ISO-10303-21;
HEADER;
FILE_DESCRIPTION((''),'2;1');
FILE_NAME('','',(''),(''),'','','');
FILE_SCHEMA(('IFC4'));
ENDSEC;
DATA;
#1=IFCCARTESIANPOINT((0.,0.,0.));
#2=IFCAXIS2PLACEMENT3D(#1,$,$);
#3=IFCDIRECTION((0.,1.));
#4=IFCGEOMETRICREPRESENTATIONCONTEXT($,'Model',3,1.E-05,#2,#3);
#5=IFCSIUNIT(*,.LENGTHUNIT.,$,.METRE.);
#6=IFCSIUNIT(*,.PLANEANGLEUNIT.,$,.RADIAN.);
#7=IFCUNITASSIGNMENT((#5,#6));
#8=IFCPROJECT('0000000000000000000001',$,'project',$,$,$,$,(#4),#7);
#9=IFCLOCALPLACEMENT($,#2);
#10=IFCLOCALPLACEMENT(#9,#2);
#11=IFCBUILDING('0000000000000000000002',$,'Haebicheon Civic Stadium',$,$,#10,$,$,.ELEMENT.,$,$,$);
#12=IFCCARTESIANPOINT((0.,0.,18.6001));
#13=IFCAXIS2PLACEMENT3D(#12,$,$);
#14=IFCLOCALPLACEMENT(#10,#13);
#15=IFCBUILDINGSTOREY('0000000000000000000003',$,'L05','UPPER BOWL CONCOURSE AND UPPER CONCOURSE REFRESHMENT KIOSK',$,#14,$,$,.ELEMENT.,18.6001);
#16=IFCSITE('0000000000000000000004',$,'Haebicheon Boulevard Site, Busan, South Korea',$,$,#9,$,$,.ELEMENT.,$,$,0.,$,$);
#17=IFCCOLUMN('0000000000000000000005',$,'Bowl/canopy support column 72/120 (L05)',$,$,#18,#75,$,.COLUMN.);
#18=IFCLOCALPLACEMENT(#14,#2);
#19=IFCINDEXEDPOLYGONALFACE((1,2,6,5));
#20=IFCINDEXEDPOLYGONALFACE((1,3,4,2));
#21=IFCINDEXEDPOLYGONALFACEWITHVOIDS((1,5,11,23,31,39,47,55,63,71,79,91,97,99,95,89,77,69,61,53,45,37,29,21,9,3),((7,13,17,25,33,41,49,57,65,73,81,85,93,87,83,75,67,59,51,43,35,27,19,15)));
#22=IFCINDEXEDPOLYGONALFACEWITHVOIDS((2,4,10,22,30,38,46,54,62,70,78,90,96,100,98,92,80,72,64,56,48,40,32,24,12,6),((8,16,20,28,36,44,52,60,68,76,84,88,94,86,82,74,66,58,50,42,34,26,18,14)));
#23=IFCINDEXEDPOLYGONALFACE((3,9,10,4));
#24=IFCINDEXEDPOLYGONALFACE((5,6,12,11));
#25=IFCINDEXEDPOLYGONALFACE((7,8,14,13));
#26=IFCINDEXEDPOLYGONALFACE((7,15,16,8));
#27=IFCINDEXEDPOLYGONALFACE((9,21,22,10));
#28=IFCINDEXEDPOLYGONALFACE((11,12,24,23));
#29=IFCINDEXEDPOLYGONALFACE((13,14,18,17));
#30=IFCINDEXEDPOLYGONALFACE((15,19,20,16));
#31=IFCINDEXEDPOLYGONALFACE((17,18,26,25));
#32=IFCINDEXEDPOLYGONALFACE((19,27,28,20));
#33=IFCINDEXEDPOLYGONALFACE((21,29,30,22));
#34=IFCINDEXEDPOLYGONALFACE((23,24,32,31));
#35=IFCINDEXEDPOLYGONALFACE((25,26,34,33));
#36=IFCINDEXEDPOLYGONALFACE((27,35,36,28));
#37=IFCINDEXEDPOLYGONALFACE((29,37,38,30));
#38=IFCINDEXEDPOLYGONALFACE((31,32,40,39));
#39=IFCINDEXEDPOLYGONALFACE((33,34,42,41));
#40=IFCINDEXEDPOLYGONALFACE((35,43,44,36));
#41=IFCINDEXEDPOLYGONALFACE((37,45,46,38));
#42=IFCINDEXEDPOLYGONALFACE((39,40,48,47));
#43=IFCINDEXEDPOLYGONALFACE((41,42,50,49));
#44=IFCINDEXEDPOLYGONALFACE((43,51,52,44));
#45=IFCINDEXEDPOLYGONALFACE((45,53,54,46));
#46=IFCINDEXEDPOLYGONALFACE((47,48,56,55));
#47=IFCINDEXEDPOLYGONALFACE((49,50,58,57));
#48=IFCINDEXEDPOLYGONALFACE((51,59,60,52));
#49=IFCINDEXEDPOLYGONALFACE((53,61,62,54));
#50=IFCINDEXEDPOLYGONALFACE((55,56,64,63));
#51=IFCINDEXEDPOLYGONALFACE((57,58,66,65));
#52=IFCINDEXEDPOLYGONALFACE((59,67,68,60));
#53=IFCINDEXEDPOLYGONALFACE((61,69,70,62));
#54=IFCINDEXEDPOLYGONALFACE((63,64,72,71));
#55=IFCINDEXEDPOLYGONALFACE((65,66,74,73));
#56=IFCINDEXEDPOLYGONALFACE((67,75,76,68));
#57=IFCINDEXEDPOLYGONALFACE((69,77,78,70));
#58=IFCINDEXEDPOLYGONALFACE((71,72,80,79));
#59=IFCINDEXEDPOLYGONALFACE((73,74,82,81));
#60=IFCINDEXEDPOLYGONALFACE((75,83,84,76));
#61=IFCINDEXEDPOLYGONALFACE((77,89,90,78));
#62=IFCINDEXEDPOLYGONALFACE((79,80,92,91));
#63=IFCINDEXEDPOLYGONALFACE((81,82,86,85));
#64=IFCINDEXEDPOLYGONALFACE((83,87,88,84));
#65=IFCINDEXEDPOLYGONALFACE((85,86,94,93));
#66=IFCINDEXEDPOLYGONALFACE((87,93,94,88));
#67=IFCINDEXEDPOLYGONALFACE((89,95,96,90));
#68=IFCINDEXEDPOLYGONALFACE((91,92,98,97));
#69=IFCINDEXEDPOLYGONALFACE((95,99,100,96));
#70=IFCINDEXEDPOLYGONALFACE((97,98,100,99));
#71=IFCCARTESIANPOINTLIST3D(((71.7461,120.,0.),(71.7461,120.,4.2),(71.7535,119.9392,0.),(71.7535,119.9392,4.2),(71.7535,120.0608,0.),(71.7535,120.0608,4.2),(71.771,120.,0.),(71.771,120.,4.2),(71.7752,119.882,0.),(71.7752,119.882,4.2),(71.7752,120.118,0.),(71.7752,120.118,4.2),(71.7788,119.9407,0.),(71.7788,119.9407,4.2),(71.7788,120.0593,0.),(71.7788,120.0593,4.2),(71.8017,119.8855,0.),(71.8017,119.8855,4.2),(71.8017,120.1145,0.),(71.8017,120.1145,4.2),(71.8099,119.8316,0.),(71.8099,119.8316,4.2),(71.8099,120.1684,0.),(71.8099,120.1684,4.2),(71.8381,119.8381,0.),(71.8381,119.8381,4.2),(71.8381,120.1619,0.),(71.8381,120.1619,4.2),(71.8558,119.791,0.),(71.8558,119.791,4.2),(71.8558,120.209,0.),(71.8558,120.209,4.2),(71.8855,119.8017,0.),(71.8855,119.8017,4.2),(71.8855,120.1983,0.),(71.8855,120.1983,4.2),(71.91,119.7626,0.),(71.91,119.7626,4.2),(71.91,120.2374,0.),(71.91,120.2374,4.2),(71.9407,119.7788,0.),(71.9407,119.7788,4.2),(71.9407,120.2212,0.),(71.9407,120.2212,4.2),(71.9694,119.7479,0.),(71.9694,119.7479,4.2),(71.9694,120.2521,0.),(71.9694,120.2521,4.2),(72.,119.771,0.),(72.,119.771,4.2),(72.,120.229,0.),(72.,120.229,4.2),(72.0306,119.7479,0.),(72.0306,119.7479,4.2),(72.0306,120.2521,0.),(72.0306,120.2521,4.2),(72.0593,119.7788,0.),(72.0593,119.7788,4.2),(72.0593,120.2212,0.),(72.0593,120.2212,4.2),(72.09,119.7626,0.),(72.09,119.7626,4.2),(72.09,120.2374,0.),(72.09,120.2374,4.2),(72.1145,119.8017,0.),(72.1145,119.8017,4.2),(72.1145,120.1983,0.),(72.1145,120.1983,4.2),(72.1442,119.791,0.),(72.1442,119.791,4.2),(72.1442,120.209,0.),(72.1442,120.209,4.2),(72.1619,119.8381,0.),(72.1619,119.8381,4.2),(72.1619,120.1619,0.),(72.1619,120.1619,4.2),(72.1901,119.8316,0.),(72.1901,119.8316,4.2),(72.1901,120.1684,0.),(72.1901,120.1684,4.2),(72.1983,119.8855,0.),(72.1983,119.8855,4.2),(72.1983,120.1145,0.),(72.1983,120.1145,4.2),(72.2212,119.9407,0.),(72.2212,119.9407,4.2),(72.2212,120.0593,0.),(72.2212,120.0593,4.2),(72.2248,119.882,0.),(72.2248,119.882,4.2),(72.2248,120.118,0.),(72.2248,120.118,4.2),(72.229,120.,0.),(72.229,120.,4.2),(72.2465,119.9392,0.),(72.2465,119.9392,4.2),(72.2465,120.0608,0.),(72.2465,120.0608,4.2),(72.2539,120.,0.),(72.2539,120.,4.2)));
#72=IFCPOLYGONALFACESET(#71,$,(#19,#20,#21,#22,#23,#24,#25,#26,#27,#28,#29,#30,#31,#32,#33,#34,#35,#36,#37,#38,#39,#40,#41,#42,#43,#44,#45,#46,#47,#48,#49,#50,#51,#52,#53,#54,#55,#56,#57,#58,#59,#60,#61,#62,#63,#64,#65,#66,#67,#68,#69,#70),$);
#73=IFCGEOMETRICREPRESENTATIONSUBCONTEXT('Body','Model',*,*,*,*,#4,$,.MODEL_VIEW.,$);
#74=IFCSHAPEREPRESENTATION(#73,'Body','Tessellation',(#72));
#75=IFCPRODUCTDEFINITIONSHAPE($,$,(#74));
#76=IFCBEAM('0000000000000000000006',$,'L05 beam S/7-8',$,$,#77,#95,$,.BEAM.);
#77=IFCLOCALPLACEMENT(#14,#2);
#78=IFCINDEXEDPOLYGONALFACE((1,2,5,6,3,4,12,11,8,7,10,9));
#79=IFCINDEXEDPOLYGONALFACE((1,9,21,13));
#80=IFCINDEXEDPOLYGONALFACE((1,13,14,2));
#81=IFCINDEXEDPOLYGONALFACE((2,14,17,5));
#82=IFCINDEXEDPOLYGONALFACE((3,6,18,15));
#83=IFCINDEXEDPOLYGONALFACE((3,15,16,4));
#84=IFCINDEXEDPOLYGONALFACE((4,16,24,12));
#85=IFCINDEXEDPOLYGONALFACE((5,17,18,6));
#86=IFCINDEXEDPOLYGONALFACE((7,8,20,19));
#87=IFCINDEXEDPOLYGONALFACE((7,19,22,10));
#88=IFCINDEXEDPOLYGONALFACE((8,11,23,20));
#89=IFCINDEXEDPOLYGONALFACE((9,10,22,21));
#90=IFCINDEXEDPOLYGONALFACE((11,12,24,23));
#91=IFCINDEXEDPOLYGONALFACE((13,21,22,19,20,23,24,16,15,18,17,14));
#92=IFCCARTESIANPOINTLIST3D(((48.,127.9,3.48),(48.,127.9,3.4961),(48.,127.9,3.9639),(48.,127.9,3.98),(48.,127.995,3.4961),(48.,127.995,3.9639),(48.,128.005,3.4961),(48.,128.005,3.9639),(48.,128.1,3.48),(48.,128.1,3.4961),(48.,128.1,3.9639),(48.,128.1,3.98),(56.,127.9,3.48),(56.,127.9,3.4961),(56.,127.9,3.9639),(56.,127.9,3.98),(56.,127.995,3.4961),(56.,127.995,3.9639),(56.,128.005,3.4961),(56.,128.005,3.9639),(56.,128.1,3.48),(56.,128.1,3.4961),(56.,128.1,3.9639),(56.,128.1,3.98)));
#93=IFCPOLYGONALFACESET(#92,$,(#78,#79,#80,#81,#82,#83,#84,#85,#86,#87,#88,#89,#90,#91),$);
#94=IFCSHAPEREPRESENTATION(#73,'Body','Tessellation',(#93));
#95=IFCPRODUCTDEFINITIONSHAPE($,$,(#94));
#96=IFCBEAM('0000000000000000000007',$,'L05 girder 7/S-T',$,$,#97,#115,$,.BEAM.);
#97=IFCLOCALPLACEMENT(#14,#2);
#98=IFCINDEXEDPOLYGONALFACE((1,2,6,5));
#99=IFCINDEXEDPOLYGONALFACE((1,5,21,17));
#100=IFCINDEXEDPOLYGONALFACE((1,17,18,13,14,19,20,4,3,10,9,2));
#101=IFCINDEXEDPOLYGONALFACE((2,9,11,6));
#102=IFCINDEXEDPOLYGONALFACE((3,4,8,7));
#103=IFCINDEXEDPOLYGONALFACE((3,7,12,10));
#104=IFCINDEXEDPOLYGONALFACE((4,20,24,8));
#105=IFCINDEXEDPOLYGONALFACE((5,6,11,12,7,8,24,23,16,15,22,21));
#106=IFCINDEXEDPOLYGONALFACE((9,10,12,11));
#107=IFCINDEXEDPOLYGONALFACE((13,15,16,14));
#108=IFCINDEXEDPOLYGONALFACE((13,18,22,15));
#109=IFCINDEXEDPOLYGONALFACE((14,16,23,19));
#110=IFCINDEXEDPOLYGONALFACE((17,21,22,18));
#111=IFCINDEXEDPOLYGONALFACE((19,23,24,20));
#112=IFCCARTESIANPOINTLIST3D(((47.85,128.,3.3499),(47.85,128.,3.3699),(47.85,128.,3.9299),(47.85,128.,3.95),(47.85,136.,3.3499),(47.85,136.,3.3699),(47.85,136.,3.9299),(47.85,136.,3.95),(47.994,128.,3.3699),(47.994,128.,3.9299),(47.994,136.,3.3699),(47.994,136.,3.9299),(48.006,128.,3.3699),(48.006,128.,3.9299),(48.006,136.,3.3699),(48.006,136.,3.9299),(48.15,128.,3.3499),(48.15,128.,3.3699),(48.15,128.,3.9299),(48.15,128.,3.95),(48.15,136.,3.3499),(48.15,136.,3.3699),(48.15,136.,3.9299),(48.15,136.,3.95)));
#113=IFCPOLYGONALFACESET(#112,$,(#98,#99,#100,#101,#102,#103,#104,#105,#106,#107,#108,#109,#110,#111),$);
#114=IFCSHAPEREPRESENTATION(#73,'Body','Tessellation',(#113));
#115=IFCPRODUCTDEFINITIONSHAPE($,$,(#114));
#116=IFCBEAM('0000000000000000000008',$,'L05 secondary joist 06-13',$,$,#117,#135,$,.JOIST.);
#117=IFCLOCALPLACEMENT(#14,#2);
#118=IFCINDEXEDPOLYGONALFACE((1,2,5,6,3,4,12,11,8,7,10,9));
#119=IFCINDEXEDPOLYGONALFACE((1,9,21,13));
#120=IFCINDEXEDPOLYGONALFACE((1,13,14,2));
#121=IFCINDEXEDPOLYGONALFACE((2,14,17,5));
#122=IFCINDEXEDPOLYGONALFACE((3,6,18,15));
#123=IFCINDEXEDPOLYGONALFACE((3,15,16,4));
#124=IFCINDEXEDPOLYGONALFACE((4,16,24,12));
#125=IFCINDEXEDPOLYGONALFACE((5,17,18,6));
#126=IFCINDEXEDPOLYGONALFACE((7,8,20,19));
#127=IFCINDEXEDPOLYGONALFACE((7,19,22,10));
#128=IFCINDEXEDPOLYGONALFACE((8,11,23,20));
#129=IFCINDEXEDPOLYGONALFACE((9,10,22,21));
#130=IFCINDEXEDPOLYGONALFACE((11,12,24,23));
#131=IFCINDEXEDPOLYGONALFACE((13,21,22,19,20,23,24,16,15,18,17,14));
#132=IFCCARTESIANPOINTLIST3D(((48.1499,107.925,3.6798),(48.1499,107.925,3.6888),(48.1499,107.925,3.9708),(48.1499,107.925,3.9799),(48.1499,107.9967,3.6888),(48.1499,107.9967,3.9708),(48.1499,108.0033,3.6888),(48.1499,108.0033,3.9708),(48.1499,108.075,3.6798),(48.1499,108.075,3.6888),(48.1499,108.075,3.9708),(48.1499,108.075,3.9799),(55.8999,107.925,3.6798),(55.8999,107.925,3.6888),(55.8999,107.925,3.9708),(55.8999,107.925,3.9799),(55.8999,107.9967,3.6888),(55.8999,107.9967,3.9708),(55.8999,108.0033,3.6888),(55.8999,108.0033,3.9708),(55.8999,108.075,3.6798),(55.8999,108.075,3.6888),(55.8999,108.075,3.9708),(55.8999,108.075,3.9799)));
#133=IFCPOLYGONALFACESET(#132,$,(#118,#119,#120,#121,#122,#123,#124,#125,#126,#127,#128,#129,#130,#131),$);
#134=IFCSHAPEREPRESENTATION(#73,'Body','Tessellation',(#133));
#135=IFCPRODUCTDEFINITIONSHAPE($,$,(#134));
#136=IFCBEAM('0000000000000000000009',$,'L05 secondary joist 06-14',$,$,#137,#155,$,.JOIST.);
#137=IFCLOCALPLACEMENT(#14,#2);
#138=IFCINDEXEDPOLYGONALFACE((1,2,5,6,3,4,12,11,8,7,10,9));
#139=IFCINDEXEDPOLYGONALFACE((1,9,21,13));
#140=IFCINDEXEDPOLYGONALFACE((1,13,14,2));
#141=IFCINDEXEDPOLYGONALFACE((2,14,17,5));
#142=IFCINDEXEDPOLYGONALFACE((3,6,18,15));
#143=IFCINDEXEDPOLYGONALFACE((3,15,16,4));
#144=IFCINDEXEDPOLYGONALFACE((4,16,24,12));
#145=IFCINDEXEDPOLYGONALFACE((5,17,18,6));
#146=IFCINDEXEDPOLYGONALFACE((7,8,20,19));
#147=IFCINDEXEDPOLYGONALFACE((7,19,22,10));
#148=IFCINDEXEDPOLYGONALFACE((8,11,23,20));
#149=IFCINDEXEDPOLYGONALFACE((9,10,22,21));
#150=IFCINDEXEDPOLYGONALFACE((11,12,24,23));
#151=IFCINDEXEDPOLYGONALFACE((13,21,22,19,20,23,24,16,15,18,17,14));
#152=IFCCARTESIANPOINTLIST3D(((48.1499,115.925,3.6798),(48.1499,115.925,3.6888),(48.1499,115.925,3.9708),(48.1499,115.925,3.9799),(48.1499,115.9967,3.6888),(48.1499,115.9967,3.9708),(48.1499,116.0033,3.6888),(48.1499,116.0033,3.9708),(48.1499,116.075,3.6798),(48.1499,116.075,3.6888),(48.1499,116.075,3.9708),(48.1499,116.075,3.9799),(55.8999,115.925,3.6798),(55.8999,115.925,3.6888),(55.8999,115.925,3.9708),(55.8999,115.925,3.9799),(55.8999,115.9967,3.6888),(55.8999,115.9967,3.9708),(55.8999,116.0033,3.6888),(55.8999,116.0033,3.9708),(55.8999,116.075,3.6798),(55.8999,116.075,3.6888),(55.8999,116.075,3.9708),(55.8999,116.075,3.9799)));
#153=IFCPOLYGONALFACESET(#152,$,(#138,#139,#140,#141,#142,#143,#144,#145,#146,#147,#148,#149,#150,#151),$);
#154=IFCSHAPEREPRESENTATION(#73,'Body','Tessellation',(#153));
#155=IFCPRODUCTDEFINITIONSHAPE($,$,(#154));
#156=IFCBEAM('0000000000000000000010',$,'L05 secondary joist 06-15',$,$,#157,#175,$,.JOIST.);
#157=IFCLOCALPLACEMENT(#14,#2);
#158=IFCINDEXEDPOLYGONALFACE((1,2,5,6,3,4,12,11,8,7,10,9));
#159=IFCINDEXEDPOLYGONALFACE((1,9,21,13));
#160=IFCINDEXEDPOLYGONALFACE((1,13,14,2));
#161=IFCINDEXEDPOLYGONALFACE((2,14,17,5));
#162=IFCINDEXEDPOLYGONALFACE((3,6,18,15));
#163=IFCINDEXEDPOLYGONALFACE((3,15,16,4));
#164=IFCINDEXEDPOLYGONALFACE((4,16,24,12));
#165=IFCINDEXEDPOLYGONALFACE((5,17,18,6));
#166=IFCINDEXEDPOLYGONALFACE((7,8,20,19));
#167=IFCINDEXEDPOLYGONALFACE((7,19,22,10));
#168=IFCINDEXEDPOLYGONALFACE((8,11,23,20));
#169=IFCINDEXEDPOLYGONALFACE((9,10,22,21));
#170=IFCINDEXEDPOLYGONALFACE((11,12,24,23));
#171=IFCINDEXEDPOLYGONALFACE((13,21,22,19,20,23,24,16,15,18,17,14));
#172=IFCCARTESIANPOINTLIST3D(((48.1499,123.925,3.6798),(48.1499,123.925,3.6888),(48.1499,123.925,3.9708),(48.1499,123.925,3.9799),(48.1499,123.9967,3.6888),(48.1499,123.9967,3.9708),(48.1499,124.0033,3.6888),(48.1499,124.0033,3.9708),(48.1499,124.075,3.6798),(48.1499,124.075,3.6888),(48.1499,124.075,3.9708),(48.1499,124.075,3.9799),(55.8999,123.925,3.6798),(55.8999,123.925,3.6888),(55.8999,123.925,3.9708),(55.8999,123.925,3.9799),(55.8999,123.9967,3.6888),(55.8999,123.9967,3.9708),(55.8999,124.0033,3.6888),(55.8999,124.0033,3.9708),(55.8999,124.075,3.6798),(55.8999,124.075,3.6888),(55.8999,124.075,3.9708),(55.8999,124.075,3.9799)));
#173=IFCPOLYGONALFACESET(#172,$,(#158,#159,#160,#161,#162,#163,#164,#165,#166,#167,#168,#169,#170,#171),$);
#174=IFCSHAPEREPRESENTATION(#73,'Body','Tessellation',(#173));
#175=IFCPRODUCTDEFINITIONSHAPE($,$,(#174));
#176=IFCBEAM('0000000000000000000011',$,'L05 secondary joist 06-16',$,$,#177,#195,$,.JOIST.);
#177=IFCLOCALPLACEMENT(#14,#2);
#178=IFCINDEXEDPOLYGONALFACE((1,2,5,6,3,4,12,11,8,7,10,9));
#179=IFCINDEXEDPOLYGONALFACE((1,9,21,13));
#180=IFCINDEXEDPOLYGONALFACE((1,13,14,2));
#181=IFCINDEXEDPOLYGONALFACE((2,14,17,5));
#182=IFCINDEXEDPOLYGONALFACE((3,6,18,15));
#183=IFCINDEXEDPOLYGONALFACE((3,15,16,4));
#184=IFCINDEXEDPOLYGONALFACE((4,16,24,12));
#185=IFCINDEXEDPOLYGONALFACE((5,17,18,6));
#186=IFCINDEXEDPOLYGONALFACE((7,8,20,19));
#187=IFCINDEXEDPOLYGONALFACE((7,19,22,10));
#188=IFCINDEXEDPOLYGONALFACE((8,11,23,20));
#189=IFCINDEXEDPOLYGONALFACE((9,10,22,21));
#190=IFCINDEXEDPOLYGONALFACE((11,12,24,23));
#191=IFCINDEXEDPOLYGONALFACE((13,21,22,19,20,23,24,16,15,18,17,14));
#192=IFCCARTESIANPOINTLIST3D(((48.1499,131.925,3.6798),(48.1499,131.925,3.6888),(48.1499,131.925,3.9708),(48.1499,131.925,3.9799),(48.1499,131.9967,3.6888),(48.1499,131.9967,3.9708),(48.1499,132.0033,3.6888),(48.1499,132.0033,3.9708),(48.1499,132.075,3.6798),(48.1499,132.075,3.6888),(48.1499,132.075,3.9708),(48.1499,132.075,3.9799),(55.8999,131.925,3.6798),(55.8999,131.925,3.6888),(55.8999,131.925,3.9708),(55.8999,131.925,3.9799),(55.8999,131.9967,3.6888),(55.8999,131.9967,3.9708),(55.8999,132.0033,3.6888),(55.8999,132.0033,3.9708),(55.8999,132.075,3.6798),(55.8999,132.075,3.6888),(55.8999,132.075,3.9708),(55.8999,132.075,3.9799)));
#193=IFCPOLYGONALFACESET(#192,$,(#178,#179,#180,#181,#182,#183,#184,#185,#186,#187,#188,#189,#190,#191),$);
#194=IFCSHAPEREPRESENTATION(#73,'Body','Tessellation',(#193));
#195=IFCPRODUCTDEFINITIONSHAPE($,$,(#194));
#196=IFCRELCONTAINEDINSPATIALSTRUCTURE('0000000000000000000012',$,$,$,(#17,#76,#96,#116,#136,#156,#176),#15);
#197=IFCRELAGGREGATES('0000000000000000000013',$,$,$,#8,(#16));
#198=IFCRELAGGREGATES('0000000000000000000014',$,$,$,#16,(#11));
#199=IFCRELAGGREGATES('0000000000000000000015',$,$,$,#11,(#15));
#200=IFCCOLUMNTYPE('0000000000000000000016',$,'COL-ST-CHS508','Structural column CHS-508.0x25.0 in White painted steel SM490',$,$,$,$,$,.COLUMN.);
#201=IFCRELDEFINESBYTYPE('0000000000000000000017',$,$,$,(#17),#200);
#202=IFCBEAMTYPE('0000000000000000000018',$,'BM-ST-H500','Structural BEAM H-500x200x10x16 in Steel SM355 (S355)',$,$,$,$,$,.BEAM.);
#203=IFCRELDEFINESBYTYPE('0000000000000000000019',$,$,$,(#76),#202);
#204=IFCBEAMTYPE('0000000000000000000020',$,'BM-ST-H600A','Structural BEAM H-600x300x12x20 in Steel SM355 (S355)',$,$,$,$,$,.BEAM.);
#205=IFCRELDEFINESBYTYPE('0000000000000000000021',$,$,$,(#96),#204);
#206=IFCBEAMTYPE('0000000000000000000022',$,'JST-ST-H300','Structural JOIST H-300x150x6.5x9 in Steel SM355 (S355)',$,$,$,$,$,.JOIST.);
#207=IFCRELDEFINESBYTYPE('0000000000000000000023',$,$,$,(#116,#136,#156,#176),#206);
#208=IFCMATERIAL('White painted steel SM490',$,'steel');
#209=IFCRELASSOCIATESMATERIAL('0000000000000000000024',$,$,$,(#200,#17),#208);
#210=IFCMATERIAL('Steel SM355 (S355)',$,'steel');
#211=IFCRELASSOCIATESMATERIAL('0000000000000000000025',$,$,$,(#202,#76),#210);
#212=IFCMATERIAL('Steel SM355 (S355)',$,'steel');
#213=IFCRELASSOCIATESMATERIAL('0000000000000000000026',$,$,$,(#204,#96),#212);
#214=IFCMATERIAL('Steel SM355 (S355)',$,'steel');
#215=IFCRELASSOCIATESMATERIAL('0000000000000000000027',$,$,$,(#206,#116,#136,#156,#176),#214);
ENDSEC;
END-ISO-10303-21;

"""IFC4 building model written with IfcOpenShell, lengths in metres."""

from ifc_helpers import new_model, si_unit, direction, frame, origin, origin_2d, place, context, subcontext, project, spatial, hollow_circle, i_section, extrude, material, material_profile, profile_set, type_object, element, save


model = new_model("IFC4")

# Units and contexts
model_context = context("Model", 3, precision=1e-05, world=origin(), true_north=direction((0.0, 1.0)))
body_context = subcontext(model_context, "Body", "Model", "MODEL_VIEW")
ifc_project = project(units=[si_unit("LENGTHUNIT", "METRE"), si_unit("PLANEANGLEUNIT", "RADIAN")], contexts=[model_context])

# Site, building, storey
site_placement = place(None, origin())
site = spatial("IfcSite", under=ifc_project, at=site_placement, Name="Haebicheon Boulevard Site, Busan, South Korea", CompositionType="ELEMENT", RefElevation=0.0)
building_placement = place(site_placement, origin())
building = spatial("IfcBuilding", under=site, at=building_placement, Name="Haebicheon Civic Stadium", CompositionType="ELEMENT")
storey_placement = place(building_placement, frame((0.0, 0.0, 18.6001)))
storey = spatial("IfcBuildingStorey", under=building, at=storey_placement, Name="L05", Description="UPPER BOWL CONCOURSE AND UPPER CONCOURSE REFRESHMENT KIOSK", CompositionType="ELEMENT", Elevation=18.6001)

# Column
ifc_material_1 = material(Name="White painted steel SM490", Category="steel")
ifc_material_profile_1 = material_profile(ifc_material_1, hollow_circle(Radius=0.2539, WallThickness=0.0249, at=origin_2d()), Name="CHS-508.0x25.0")
ifc_profile_set_1 = profile_set([ifc_material_profile_1], Name="White painted steel SM490")
column_type_1 = type_object("IfcColumnType", Name="COL-ST-CHS508", Description="Structural column CHS-508.0x25.0 in White painted steel SM490", PredefinedType="COLUMN", material=ifc_profile_set_1)
for number, where, z_axis, x_axis, name in (
    (1, (72.0, 120.0, 0.0), (0.0, 0.0, 1.0), (1.0, 0.0, 0.0), "Bowl/canopy support column 72/120 (L05)"),
):
    element("IfcColumn", number, at=place(storey_placement, frame(where, z_axis=z_axis, x_axis=x_axis)), inside=storey, type_object=column_type_1, material=ifc_profile_set_1, Name=name, PredefinedType="COLUMN", context=body_context, shape_type="SweptSolid", body=[
        extrude(hollow_circle(Radius=0.2539, WallThickness=0.0249, at=origin_2d()), origin(), (0.0, 0.0, 1.0), 4.2),
    ])

# Beams
ifc_material_2 = material(Name="Steel SM355 (S355)", Category="steel")
ifc_material_profile_2 = material_profile(ifc_material_2, i_section(OverallWidth=0.2, OverallDepth=0.5, WebThickness=0.01, FlangeThickness=0.0161, at=origin_2d()), Name="H-500x200x10x16")
ifc_profile_set_2 = profile_set([ifc_material_profile_2], Name="Steel SM355 (S355)")
beam_type_1 = type_object("IfcBeamType", Name="BM-ST-H500", Description="Structural BEAM H-500x200x10x16 in Steel SM355 (S355)", PredefinedType="BEAM", material=ifc_profile_set_2)
beam_1_placement = place(storey_placement, frame((48.0, 128.0, 3.73), z_axis=(1.0, 0.0, 0.0), x_axis=(0.0, 1.0, 0.0)))
element("IfcBeam", 2, at=beam_1_placement, inside=storey, type_object=beam_type_1, material=ifc_profile_set_2, Name="L05 beam S/7-8", PredefinedType="BEAM", context=body_context, shape_type="SweptSolid", body=[
    extrude(i_section(OverallWidth=0.2, OverallDepth=0.5, WebThickness=0.01, FlangeThickness=0.0161, at=origin_2d()), origin(), (0.0, 0.0, 1.0), 8.0),
])
ifc_material_3 = material(Name="Steel SM355 (S355)", Category="steel")
ifc_material_profile_3 = material_profile(ifc_material_3, i_section(OverallWidth=0.3, OverallDepth=0.6001, WebThickness=0.012, FlangeThickness=0.02, at=origin_2d()), Name="H-600x300x12x20")
ifc_profile_set_3 = profile_set([ifc_material_profile_3], Name="Steel SM355 (S355)")
beam_type_2 = type_object("IfcBeamType", Name="BM-ST-H600A", Description="Structural BEAM H-600x300x12x20 in Steel SM355 (S355)", PredefinedType="BEAM", material=ifc_profile_set_3)
beam_2_placement = place(storey_placement, frame((48.0, 128.0, 3.6499), z_axis=(0.0, 1.0, 0.0), x_axis=(-1.0, 0.0, 0.0)))
element("IfcBeam", 3, at=beam_2_placement, inside=storey, type_object=beam_type_2, material=ifc_profile_set_3, Name="L05 girder 7/S-T", PredefinedType="BEAM", context=body_context, shape_type="SweptSolid", body=[
    extrude(i_section(OverallWidth=0.3, OverallDepth=0.6001, WebThickness=0.012, FlangeThickness=0.02, at=origin_2d()), origin(), (0.0, 0.0, 1.0), 8.0),
])
ifc_material_4 = material(Name="Steel SM355 (S355)", Category="steel")
ifc_material_profile_4 = material_profile(ifc_material_4, i_section(OverallWidth=0.1499, OverallDepth=0.3, WebThickness=0.0066, FlangeThickness=0.009, at=origin_2d()), Name="H-300x150x6.5x9")
ifc_profile_set_4 = profile_set([ifc_material_profile_4], Name="Steel SM355 (S355)")
beam_type_3 = type_object("IfcBeamType", Name="JST-ST-H300", Description="Structural JOIST H-300x150x6.5x9 in Steel SM355 (S355)", PredefinedType="JOIST", material=ifc_profile_set_4)
for number, where, z_axis, x_axis, name in (
    (4, (48.1499, 108.0, 3.8298), (1.0, 0.0, 0.0), (0.0, 1.0, 0.0), "L05 secondary joist 06-13"),
    (5, (48.1499, 116.0, 3.8298), (1.0, 0.0, 0.0), (0.0, 1.0, 0.0), "L05 secondary joist 06-14"),
    (6, (48.1499, 124.0, 3.8298), (1.0, 0.0, 0.0), (0.0, 1.0, 0.0), "L05 secondary joist 06-15"),
    (7, (48.1499, 132.0, 3.8298), (1.0, 0.0, 0.0), (0.0, 1.0, 0.0), "L05 secondary joist 06-16"),
):
    element("IfcBeam", number, at=place(storey_placement, frame(where, z_axis=z_axis, x_axis=x_axis)), inside=storey, type_object=beam_type_3, material=ifc_profile_set_4, Name=name, PredefinedType="JOIST", context=body_context, shape_type="SweptSolid", body=[
        extrude(i_section(OverallWidth=0.1499, OverallDepth=0.3, WebThickness=0.0066, FlangeThickness=0.009, at=origin_2d()), origin(), (0.0, 0.0, 1.0), 7.75),
    ])

save(model, "model.ifc")
